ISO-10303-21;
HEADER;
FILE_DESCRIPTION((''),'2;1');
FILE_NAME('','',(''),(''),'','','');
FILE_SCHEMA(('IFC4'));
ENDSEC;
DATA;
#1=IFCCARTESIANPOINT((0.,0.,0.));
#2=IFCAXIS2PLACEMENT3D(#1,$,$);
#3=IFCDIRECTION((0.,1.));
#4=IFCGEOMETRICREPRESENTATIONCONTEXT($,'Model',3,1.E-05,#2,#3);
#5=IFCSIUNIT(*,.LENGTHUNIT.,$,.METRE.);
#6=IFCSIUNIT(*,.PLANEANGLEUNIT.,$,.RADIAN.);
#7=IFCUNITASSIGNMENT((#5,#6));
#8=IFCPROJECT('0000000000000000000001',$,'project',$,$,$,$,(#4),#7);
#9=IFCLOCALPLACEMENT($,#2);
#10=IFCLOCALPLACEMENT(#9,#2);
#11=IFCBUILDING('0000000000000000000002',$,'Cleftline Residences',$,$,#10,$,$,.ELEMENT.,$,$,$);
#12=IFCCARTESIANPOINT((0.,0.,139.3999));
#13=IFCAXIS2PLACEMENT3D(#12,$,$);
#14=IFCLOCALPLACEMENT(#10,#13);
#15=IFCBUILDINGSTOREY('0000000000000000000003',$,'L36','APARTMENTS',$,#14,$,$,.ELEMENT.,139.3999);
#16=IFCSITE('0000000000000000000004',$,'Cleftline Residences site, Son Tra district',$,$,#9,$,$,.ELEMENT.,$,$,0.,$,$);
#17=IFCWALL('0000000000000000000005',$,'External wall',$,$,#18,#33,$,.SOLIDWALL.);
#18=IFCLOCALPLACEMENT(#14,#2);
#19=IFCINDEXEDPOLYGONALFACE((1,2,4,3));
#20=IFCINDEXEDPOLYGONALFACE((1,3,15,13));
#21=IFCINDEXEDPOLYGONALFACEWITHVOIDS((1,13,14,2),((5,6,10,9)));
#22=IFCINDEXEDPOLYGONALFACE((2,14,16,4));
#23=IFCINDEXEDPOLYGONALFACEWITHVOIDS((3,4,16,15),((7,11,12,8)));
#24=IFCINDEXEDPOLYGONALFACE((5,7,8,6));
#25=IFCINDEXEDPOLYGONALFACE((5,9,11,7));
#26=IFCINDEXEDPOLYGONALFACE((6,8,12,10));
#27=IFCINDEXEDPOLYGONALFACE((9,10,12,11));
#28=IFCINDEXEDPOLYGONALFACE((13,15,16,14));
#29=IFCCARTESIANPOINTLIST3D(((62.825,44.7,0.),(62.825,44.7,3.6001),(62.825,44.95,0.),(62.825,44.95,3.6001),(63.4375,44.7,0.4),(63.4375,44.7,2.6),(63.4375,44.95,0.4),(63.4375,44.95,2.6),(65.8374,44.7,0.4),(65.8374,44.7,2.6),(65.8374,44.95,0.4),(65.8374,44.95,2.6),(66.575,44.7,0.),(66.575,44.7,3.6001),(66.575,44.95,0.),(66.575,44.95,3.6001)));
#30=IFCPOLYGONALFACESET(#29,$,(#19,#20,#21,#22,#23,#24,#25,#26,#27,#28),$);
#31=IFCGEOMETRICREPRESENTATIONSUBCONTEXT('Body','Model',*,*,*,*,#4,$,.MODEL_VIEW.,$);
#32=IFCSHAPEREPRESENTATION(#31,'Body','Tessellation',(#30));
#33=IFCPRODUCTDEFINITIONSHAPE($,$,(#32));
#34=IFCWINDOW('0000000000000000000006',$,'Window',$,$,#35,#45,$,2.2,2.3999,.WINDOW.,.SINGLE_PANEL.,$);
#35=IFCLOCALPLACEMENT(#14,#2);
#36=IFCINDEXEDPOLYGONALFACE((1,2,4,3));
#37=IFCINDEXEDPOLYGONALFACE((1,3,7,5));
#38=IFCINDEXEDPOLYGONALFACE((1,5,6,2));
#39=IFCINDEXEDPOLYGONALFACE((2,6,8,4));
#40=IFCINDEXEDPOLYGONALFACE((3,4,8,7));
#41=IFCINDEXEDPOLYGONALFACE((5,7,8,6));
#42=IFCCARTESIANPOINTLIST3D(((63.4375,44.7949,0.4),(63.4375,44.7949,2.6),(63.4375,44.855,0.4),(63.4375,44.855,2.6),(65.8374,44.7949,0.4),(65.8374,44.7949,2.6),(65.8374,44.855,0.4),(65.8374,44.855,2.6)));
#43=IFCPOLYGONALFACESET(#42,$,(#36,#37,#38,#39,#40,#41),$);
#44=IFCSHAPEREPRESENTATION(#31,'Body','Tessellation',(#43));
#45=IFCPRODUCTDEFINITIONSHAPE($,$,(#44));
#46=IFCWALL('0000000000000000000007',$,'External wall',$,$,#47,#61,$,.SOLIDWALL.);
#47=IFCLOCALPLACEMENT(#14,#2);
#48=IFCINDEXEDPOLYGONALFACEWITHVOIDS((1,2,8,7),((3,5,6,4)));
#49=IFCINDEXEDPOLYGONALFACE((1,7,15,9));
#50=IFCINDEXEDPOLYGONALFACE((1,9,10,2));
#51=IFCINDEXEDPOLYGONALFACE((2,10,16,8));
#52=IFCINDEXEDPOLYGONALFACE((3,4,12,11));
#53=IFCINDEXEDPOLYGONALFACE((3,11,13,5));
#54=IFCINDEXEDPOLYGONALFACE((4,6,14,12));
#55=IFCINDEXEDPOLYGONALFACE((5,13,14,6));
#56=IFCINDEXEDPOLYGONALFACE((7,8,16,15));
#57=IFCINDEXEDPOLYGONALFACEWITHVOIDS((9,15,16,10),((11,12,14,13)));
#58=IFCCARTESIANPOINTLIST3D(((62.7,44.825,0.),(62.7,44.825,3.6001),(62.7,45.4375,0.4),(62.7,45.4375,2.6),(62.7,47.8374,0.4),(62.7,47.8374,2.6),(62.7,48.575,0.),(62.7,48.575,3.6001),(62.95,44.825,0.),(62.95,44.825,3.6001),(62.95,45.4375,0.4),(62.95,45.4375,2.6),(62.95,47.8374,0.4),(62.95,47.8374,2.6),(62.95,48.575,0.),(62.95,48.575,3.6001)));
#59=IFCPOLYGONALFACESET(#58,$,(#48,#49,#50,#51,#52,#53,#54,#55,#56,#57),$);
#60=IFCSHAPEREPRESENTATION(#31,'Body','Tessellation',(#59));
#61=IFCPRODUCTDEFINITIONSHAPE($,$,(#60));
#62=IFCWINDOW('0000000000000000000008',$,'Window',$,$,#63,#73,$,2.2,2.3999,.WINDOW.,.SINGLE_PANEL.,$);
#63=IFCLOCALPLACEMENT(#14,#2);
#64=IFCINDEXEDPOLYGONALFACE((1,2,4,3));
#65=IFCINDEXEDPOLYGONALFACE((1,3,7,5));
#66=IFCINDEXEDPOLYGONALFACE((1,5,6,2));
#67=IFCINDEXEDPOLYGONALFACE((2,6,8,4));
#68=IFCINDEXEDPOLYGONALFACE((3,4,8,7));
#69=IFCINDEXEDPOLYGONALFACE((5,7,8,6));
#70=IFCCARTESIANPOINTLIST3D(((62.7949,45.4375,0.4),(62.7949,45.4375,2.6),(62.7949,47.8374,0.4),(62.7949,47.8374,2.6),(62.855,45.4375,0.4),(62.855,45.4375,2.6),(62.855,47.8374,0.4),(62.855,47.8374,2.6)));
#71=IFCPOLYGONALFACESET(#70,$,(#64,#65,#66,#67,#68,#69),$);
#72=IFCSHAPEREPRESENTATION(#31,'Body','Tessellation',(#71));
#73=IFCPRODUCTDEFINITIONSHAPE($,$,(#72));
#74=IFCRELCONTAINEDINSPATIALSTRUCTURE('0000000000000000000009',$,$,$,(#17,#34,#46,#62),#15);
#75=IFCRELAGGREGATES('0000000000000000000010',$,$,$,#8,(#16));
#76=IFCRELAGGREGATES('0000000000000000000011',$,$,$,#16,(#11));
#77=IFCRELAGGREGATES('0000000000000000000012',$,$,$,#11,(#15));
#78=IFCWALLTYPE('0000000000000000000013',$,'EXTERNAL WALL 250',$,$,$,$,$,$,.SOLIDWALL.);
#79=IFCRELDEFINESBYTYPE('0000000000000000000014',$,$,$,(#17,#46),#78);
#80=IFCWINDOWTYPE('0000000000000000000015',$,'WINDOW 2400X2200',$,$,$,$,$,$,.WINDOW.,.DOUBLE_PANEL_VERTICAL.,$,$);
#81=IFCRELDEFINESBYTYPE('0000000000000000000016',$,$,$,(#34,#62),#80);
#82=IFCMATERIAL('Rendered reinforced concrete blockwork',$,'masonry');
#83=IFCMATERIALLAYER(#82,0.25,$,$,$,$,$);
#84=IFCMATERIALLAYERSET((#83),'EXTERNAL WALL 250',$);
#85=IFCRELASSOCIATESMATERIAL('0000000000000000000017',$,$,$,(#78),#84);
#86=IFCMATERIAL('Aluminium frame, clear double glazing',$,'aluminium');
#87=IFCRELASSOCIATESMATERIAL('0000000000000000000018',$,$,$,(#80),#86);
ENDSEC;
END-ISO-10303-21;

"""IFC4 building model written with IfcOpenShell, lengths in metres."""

from ifc_helpers import new_model, si_unit, direction, frame, frame_2d, origin, place, context, subcontext, project, spatial, rectangle, extrude, material, layer, layer_set, type_object, element, fill, save


model = new_model("IFC4")

# Units and contexts
model_context = context("Model", 3, precision=1e-05, world=origin(), true_north=direction((0.0, 1.0)))
body_context = subcontext(model_context, "Body", "Model", "MODEL_VIEW")
ifc_project = project(units=[si_unit("LENGTHUNIT", "METRE"), si_unit("PLANEANGLEUNIT", "RADIAN")], contexts=[model_context])

# Site, building, storey
site_placement = place(None, origin())
site = spatial("IfcSite", under=ifc_project, at=site_placement, Name="Cleftline Residences site, Son Tra district", CompositionType="ELEMENT", RefElevation=0.0)
building_placement = place(site_placement, origin())
building = spatial("IfcBuilding", under=site, at=building_placement, Name="Cleftline Residences", CompositionType="ELEMENT")
storey_placement = place(building_placement, frame((0.0, 0.0, 139.3999)))
storey = spatial("IfcBuildingStorey", under=building, at=storey_placement, Name="L36", Description="APARTMENTS", CompositionType="ELEMENT", Elevation=139.3999)

# Walls, openings, windows
ifc_material_1 = material(Name="Rendered reinforced concrete blockwork", Category="masonry")
ifc_layer_1 = layer(ifc_material_1, 0.25)
ifc_layer_set_1 = layer_set([ifc_layer_1], Name="EXTERNAL WALL 250")
wall_type_1 = type_object("IfcWallType", Name="EXTERNAL WALL 250", PredefinedType="SOLIDWALL", material=ifc_layer_set_1)
wall_1_placement = place(storey_placement, frame((66.575, 44.825, 0.0), z_axis=(0.0, 0.0, 1.0), x_axis=(-1.0, 0.0, 0.0)))
wall_1 = element("IfcWall", 1, at=wall_1_placement, inside=storey, type_object=wall_type_1, Name="External wall", PredefinedType="SOLIDWALL", context=body_context, shape_type="SweptSolid", body=[
    extrude(rectangle(XDim=3.75, YDim=0.25, at=frame_2d((1.875, 0.0))), origin(), (0.0, 0.0, 1.0), 3.6001),
])
opening_1_placement = place(wall_1_placement, frame((0.7375, 0.0, 0.3999)))
opening_1 = element("IfcOpeningElement", 2, at=opening_1_placement, cuts=wall_1, PredefinedType="OPENING", context=body_context, shape_type="SweptSolid", body=[
    extrude(rectangle(XDim=2.3999, YDim=2.2, at=frame_2d((1.2, 1.1001))), frame((0.0, 0.135, 0.0), z_axis=(0.0, -1.0, 0.0), x_axis=(1.0, 0.0, 0.0)), (0.0, 0.0, 1.0), 0.27),
])
ifc_material_2 = material(Name="Aluminium frame, clear double glazing", Category="aluminium")
window_type_1 = type_object("IfcWindowType", Name="WINDOW 2400X2200", PartitioningType="DOUBLE_PANEL_VERTICAL", PredefinedType="WINDOW", material=ifc_material_2)
window_1_placement = place(opening_1_placement, origin())
window_1 = element("IfcWindow", 3, at=window_1_placement, inside=storey, type_object=window_type_1, Name="Window", OverallHeight=2.2, OverallWidth=2.3999, PartitioningType="SINGLE_PANEL", PredefinedType="WINDOW", context=body_context, shape_type="SweptSolid", body=[
    extrude(rectangle(XDim=2.3999, YDim=2.2, at=frame_2d((1.2, 1.1001))), frame((0.0, 0.03, 0.0), z_axis=(0.0, -1.0, 0.0), x_axis=(1.0, 0.0, 0.0)), (0.0, 0.0, 1.0), 0.0601),
])
fill(opening_1, window_1)
wall_2_placement = place(storey_placement, frame((62.825, 44.825, 0.0), z_axis=(0.0, 0.0, 1.0), x_axis=(0.0, 1.0, 0.0)))
wall_2 = element("IfcWall", 4, at=wall_2_placement, inside=storey, type_object=wall_type_1, Name="External wall", PredefinedType="SOLIDWALL", context=body_context, shape_type="SweptSolid", body=[
    extrude(rectangle(XDim=3.75, YDim=0.25, at=frame_2d((1.875, 0.0))), origin(), (0.0, 0.0, 1.0), 3.6001),
])
opening_2_placement = place(wall_2_placement, frame((0.6125, 0.0, 0.3999)))
opening_2 = element("IfcOpeningElement", 5, at=opening_2_placement, cuts=wall_2, PredefinedType="OPENING", context=body_context, shape_type="SweptSolid", body=[
    extrude(rectangle(XDim=2.3999, YDim=2.2, at=frame_2d((1.2, 1.1001))), frame((0.0, 0.135, 0.0), z_axis=(0.0, -1.0, 0.0), x_axis=(1.0, 0.0, 0.0)), (0.0, 0.0, 1.0), 0.27),
])
window_2_placement = place(opening_2_placement, origin())
window_2 = element("IfcWindow", 6, at=window_2_placement, inside=storey, type_object=window_type_1, Name="Window", OverallHeight=2.2, OverallWidth=2.3999, PartitioningType="SINGLE_PANEL", PredefinedType="WINDOW", context=body_context, shape_type="SweptSolid", body=[
    extrude(rectangle(XDim=2.3999, YDim=2.2, at=frame_2d((1.2, 1.1001))), frame((0.0, 0.03, 0.0), z_axis=(0.0, -1.0, 0.0), x_axis=(1.0, 0.0, 0.0)), (0.0, 0.0, 1.0), 0.0601),
])
fill(opening_2, window_2)

save(model, "model.ifc")
